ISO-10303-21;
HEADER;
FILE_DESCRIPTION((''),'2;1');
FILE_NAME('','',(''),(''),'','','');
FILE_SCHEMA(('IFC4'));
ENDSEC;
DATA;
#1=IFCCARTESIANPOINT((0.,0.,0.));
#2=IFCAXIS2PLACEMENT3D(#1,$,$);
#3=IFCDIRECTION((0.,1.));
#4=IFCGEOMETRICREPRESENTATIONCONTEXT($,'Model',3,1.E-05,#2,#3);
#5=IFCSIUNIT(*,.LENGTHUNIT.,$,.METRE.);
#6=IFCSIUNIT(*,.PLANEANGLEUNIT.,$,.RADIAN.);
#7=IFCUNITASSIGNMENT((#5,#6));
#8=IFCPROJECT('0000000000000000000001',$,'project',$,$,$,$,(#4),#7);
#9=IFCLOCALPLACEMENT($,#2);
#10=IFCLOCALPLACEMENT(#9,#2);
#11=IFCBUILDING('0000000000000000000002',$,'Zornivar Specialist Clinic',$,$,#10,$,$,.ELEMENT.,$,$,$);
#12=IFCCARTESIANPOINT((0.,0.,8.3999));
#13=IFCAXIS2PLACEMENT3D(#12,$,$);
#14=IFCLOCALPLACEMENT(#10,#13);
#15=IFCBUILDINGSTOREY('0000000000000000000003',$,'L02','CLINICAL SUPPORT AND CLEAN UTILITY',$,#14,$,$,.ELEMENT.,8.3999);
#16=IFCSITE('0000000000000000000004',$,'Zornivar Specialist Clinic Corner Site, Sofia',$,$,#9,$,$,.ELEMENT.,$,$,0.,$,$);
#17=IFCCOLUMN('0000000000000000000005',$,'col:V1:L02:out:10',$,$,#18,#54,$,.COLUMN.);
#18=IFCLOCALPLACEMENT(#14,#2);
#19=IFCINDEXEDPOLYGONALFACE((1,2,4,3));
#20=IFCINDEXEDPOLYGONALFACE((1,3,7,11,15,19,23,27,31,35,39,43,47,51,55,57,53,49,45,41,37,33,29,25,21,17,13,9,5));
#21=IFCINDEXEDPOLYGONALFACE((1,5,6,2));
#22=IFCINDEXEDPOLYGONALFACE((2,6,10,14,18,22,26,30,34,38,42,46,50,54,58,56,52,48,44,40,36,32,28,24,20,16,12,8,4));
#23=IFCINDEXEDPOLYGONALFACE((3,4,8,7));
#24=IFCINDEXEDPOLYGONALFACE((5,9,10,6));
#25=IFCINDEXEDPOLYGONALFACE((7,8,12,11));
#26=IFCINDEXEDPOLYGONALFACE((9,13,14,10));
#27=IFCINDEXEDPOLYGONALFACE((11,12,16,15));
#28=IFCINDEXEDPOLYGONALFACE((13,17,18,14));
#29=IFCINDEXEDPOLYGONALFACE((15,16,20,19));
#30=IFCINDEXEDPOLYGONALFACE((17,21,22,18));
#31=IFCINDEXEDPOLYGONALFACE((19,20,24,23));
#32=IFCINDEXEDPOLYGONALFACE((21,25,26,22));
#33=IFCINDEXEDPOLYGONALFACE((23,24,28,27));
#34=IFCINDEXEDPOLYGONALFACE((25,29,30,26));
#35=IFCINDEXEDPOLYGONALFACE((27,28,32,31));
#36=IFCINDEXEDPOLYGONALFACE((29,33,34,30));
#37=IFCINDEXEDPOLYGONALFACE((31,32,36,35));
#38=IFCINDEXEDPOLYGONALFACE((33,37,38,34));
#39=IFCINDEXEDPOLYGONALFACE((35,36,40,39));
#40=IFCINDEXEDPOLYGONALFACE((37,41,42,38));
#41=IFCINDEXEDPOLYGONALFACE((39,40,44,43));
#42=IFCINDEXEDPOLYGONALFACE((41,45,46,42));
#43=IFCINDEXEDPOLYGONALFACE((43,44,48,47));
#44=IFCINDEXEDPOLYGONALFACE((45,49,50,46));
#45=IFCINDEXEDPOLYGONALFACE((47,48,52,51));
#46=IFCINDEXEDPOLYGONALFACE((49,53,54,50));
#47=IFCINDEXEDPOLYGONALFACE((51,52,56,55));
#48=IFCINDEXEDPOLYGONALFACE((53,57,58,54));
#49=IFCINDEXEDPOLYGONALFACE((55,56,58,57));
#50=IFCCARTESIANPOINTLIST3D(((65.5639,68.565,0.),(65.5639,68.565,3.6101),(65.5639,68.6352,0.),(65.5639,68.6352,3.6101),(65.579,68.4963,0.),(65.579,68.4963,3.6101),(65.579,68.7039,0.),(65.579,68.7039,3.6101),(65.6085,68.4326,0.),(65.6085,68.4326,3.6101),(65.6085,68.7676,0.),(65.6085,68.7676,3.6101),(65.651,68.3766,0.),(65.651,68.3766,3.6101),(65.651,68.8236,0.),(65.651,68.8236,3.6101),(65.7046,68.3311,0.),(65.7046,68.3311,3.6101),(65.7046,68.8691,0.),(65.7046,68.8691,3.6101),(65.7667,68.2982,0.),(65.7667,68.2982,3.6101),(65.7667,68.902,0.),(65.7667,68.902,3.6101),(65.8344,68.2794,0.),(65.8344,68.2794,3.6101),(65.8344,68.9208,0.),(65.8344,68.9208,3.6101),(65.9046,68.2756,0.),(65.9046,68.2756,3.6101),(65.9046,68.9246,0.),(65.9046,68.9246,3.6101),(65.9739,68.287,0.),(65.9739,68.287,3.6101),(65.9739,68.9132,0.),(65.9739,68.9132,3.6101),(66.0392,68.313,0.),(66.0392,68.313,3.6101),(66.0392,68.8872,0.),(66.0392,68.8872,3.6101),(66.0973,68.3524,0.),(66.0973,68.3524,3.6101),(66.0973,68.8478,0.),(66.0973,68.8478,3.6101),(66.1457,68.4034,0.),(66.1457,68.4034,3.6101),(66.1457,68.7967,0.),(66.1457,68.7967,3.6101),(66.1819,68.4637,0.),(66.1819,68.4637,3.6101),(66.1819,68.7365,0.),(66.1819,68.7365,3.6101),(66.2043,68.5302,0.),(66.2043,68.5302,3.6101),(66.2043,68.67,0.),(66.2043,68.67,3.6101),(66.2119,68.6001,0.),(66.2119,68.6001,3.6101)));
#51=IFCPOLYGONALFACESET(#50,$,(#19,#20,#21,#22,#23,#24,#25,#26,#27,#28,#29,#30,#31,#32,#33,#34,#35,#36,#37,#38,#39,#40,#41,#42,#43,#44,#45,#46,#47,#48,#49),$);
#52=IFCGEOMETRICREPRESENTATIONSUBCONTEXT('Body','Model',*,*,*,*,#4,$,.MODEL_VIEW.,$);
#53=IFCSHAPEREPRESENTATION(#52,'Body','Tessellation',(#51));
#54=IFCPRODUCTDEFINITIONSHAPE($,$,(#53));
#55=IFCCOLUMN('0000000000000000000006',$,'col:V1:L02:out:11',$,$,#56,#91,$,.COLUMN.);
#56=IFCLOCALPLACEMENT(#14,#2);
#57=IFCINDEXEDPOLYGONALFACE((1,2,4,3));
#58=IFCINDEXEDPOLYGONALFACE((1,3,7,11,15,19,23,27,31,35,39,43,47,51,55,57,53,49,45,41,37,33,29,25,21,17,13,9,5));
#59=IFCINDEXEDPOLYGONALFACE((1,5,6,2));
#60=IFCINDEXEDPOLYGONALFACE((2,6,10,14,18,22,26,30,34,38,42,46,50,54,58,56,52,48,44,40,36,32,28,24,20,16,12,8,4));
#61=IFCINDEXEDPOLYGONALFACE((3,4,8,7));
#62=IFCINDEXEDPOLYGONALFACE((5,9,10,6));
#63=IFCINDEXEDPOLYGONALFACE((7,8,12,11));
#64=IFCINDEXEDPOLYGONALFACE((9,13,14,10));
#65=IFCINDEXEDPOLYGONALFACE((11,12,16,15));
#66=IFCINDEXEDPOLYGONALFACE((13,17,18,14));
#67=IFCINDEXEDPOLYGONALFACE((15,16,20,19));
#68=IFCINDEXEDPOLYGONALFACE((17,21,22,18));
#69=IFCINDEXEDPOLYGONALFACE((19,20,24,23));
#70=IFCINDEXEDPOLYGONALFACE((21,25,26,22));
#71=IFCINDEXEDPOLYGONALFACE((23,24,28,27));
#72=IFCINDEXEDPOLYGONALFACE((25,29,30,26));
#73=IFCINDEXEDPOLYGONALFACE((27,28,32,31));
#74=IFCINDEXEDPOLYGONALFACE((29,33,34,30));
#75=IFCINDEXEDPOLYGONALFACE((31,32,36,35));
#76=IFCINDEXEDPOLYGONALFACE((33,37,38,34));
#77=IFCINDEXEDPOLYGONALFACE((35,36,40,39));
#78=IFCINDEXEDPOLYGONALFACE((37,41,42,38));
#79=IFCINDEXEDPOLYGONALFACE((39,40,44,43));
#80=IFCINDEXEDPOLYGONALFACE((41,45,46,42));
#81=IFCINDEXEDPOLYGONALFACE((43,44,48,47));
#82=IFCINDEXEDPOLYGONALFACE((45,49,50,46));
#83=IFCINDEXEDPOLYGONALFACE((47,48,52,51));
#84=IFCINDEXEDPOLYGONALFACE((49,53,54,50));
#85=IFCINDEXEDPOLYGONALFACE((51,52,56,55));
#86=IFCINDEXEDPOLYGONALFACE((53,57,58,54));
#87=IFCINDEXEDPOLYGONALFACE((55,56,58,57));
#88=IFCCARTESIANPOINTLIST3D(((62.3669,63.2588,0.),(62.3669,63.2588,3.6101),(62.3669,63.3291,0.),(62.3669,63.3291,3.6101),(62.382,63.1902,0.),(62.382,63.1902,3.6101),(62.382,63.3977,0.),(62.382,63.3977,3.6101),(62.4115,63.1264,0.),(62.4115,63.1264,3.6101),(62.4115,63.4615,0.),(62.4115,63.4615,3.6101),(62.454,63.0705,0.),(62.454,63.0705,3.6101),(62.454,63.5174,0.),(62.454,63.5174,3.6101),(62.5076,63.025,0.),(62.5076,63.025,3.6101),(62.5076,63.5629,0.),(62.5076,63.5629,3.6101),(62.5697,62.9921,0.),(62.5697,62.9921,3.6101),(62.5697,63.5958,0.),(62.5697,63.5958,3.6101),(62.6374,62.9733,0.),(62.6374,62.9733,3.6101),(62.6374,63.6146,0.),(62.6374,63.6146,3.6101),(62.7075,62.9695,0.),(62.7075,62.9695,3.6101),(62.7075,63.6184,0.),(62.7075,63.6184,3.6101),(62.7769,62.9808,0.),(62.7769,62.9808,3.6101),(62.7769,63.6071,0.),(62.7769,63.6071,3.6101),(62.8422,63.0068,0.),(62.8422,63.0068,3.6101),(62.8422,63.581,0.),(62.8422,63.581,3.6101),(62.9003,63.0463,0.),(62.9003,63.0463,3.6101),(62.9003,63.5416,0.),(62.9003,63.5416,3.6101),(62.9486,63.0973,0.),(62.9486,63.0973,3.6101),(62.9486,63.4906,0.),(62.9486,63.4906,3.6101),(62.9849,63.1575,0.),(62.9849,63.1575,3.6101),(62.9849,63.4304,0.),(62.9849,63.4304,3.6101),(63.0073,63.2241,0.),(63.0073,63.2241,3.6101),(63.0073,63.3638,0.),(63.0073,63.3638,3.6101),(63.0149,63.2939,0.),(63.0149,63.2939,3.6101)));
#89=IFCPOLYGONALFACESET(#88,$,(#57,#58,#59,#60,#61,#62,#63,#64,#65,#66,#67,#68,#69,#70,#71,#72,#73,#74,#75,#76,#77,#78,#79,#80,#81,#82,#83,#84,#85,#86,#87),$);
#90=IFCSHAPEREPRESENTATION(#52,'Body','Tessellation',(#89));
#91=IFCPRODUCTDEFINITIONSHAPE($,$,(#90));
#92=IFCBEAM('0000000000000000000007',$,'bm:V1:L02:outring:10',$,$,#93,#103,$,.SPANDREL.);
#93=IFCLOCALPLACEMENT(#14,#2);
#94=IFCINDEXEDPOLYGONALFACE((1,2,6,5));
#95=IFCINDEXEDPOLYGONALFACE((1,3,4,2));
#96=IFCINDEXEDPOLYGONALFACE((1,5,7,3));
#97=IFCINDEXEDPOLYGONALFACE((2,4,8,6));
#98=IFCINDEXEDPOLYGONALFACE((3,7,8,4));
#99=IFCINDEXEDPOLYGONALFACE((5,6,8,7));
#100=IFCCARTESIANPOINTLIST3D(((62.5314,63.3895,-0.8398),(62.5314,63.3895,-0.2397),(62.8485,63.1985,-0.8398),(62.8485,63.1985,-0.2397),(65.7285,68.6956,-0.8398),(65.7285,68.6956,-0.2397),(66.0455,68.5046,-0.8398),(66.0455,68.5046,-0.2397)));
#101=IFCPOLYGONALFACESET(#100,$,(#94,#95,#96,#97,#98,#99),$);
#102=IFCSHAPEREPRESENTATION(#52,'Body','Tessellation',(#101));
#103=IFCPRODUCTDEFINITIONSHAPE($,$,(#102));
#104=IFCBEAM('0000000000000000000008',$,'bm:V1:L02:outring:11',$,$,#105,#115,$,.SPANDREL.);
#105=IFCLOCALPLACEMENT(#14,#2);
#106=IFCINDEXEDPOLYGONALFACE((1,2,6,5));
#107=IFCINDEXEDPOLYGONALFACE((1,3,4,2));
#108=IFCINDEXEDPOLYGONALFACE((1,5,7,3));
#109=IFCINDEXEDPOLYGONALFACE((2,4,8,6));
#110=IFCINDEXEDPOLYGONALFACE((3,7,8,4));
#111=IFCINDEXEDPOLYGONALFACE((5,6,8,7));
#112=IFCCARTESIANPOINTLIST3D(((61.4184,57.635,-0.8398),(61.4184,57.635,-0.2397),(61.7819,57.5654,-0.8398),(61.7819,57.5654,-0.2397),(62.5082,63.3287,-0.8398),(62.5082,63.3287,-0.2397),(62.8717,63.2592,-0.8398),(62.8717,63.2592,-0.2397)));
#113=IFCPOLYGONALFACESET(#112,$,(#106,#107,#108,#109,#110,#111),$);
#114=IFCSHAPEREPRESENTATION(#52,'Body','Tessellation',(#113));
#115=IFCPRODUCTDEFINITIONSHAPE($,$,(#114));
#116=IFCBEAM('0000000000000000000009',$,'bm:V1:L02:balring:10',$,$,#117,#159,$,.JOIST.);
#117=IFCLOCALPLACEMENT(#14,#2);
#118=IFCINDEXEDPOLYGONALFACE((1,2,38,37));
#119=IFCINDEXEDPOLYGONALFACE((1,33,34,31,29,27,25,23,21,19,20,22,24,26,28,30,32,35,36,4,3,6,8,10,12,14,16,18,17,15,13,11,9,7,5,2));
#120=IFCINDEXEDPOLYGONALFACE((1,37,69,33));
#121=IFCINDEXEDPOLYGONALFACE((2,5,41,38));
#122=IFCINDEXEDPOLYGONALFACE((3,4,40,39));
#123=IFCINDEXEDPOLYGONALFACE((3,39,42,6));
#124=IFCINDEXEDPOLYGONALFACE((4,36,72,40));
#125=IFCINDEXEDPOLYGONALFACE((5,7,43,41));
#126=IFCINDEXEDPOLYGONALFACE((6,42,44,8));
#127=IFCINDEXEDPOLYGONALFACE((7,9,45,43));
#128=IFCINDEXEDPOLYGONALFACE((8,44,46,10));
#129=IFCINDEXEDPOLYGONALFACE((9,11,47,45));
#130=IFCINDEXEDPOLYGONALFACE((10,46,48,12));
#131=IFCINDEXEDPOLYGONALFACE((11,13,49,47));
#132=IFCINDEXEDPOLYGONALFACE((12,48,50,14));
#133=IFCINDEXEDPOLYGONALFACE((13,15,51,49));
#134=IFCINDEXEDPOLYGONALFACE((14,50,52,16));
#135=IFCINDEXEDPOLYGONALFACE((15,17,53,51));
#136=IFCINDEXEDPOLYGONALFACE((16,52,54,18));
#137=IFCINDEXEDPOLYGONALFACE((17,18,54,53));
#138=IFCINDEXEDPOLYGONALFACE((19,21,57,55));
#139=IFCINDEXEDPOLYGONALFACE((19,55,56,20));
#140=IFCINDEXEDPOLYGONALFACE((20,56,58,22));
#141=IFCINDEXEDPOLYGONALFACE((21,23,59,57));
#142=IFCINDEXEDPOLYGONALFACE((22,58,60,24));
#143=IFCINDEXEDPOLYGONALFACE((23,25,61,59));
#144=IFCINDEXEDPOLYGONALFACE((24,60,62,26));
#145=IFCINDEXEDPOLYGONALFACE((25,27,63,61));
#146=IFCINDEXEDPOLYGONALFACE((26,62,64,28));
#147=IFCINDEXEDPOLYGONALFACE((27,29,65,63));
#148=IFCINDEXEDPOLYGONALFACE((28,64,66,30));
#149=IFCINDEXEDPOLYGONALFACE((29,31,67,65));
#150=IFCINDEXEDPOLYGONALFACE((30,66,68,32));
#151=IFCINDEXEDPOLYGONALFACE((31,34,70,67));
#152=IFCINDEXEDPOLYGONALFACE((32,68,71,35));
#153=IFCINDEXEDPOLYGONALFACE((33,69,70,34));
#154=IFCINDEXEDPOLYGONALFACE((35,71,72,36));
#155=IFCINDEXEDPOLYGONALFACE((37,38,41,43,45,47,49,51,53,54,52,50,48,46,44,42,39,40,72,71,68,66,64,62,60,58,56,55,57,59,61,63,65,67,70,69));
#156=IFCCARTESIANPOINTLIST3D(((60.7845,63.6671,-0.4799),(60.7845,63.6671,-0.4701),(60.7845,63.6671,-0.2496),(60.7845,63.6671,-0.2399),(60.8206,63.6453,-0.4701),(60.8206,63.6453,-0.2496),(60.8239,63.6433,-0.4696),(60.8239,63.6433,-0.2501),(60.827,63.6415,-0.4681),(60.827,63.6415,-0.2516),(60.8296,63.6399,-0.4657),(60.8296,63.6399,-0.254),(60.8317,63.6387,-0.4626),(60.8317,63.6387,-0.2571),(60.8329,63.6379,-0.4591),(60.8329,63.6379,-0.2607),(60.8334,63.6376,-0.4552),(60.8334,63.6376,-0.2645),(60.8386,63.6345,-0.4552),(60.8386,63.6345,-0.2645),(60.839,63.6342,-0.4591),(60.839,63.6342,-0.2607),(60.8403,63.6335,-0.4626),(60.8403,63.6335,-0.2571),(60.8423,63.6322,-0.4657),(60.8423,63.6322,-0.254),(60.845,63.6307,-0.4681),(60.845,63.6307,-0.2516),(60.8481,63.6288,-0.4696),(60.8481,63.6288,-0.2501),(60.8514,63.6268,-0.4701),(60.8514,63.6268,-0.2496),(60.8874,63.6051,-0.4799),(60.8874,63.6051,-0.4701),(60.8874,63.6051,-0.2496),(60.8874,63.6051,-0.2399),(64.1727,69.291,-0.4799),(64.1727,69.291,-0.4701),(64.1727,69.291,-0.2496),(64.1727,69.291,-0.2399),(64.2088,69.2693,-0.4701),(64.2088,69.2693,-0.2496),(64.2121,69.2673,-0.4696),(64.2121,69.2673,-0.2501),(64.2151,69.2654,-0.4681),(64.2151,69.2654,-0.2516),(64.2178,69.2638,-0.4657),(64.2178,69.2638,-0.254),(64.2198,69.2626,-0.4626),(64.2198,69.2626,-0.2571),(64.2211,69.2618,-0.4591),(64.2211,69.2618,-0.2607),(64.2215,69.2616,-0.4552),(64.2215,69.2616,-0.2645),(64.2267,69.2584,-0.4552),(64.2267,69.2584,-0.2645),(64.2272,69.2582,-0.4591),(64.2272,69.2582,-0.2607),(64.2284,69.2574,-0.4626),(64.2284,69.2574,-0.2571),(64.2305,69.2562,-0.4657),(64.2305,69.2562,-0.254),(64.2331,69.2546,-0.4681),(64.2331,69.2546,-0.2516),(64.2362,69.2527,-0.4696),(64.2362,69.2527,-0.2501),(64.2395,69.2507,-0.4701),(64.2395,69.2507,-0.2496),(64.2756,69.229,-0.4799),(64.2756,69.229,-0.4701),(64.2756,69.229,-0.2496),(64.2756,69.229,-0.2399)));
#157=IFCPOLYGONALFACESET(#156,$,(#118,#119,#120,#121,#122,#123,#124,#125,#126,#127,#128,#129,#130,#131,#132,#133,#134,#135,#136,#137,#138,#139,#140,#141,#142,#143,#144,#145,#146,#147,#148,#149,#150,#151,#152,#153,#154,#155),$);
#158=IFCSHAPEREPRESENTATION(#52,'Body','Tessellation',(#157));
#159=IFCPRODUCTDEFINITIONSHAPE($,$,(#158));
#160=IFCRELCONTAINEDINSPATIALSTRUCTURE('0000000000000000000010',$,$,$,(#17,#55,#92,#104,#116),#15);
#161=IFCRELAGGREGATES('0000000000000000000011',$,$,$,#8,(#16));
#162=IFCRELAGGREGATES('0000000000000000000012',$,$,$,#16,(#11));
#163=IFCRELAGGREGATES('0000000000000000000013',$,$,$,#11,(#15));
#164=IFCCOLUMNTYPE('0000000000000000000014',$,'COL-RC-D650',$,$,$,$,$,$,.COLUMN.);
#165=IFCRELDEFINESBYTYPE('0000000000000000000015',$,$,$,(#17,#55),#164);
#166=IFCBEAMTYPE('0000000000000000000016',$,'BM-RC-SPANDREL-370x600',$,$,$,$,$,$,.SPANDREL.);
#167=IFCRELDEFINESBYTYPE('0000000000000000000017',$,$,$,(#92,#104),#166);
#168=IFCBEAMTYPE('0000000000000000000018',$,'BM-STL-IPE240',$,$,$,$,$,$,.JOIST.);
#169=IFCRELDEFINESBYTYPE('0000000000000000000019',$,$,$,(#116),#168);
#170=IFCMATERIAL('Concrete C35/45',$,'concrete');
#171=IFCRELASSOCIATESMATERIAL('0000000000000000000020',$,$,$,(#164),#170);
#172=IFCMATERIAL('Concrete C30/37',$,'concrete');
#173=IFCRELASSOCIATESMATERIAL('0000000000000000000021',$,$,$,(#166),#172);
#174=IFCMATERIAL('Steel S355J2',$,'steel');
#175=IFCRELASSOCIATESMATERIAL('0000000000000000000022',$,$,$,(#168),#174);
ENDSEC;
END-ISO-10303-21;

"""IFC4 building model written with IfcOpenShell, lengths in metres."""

from ifc_helpers import new_model, si_unit, direction, frame, origin, origin_2d, place, context, subcontext, project, spatial, rectangle, circle, i_section, extrude, material, material_profile, profile_set, type_object, element, save


model = new_model("IFC4")

# Units and contexts
model_context = context("Model", 3, precision=1e-05, world=origin(), true_north=direction((0.0, 1.0)))
body_context = subcontext(model_context, "Body", "Model", "MODEL_VIEW")
ifc_project = project(units=[si_unit("LENGTHUNIT", "METRE"), si_unit("PLANEANGLEUNIT", "RADIAN")], contexts=[model_context])

# Site, building, storey
site_placement = place(None, origin())
site = spatial("IfcSite", under=ifc_project, at=site_placement, Name="Zornivar Specialist Clinic Corner Site, Sofia", CompositionType="ELEMENT", RefElevation=0.0)
building_placement = place(site_placement, origin())
building = spatial("IfcBuilding", under=site, at=building_placement, Name="Zornivar Specialist Clinic", CompositionType="ELEMENT")
storey_placement = place(building_placement, frame((0.0, 0.0, 8.3999)))
storey = spatial("IfcBuildingStorey", under=building, at=storey_placement, Name="L02", Description="CLINICAL SUPPORT AND CLEAN UTILITY", CompositionType="ELEMENT", Elevation=8.3999)

# Columns
ifc_material_1 = material(Name="Concrete C35/45", Category="concrete")
ifc_material_profile_1 = material_profile(ifc_material_1, circle(Radius=0.325, at=origin_2d()), Name="RC D650")
ifc_profile_set_1 = profile_set([ifc_material_profile_1], Name="Concrete C35/45")
column_type = type_object("IfcColumnType", Name="COL-RC-D650", PredefinedType="COLUMN", material=ifc_profile_set_1)
for number, where, z_axis, x_axis, name in (
    (1, (65.887, 68.6001, 0.0), (0.0, 0.0, 1.0), (1.0, 0.0, 0.0), "col:V1:L02:out:10"),
    (2, (62.6899, 63.2939, 0.0), (0.0, 0.0, 1.0), (1.0, 0.0, 0.0), "col:V1:L02:out:11"),
):
    element("IfcColumn", number, at=place(storey_placement, frame(where, z_axis=z_axis, x_axis=x_axis)), inside=storey, type_object=column_type, Name=name, PredefinedType="COLUMN", context=body_context, shape_type="SweptSolid", body=[
        extrude(circle(Radius=0.325, at=origin_2d()), origin(), (0.0, 0.0, 1.0), 3.6101),
    ])

# Beams
ifc_material_2 = material(Name="Concrete C30/37", Category="concrete")
ifc_material_profile_2 = material_profile(ifc_material_2, rectangle(XDim=0.3701, YDim=0.6001, at=origin_2d()), Name="RC 370x600")
ifc_profile_set_2 = profile_set([ifc_material_profile_2], Name="Concrete C30/37")
beam_type_1 = type_object("IfcBeamType", Name="BM-RC-SPANDREL-370x600", PredefinedType="SPANDREL", material=ifc_profile_set_2)
beam_1_placement = place(storey_placement, frame((65.887, 68.6001, -0.5398), z_axis=(-0.516077, -0.856542, 0.0), x_axis=(0.856542, -0.516077, 0.0)))
element("IfcBeam", 3, at=beam_1_placement, inside=storey, type_object=beam_type_1, Name="bm:V1:L02:outring:10", PredefinedType="SPANDREL", context=body_context, shape_type="SweptSolid", body=[
    extrude(rectangle(XDim=0.3701, YDim=0.6001, at=origin_2d()), origin(), (0.0, 0.0, 1.0), 6.1948),
])
beam_2_placement = place(storey_placement, frame((62.6899, 63.2939, -0.5398), z_axis=(-0.187994, -0.98217, 0.0), x_axis=(0.98217, -0.187994, 0.0)))
element("IfcBeam", 4, at=beam_2_placement, inside=storey, type_object=beam_type_1, Name="bm:V1:L02:outring:11", PredefinedType="SPANDREL", context=body_context, shape_type="SweptSolid", body=[
    extrude(rectangle(XDim=0.3701, YDim=0.6001, at=origin_2d()), origin(), (0.0, 0.0, 1.0), 5.7971),
])
ifc_material_3 = material(Name="Steel S355J2", Category="steel")
ifc_material_profile_3 = material_profile(ifc_material_3, i_section(OverallWidth=0.1201, OverallDepth=0.24, WebThickness=0.0061, FlangeThickness=0.0098, FilletRadius=0.0149, at=origin_2d()), Name="IPE 240")
ifc_profile_set_3 = profile_set([ifc_material_profile_3], Name="Steel S355J2")
beam_type_2 = type_object("IfcBeamType", Name="BM-STL-IPE240", PredefinedType="JOIST", material=ifc_profile_set_3)
beam_3_placement = place(storey_placement, frame((64.2241, 69.26, -0.3599), z_axis=(-0.516037, -0.856566, 0.0), x_axis=(0.856566, -0.516037, 0.0)))
element("IfcBeam", 5, at=beam_3_placement, inside=storey, type_object=beam_type_2, Name="bm:V1:L02:balring:10", PredefinedType="JOIST", context=body_context, shape_type="SweptSolid", body=[
    extrude(i_section(OverallWidth=0.1201, OverallDepth=0.24, WebThickness=0.0061, FlangeThickness=0.0098, FilletRadius=0.0149, at=origin_2d()), origin(), (0.0, 0.0, 1.0), 6.5657),
])

save(model, "model.ifc")
